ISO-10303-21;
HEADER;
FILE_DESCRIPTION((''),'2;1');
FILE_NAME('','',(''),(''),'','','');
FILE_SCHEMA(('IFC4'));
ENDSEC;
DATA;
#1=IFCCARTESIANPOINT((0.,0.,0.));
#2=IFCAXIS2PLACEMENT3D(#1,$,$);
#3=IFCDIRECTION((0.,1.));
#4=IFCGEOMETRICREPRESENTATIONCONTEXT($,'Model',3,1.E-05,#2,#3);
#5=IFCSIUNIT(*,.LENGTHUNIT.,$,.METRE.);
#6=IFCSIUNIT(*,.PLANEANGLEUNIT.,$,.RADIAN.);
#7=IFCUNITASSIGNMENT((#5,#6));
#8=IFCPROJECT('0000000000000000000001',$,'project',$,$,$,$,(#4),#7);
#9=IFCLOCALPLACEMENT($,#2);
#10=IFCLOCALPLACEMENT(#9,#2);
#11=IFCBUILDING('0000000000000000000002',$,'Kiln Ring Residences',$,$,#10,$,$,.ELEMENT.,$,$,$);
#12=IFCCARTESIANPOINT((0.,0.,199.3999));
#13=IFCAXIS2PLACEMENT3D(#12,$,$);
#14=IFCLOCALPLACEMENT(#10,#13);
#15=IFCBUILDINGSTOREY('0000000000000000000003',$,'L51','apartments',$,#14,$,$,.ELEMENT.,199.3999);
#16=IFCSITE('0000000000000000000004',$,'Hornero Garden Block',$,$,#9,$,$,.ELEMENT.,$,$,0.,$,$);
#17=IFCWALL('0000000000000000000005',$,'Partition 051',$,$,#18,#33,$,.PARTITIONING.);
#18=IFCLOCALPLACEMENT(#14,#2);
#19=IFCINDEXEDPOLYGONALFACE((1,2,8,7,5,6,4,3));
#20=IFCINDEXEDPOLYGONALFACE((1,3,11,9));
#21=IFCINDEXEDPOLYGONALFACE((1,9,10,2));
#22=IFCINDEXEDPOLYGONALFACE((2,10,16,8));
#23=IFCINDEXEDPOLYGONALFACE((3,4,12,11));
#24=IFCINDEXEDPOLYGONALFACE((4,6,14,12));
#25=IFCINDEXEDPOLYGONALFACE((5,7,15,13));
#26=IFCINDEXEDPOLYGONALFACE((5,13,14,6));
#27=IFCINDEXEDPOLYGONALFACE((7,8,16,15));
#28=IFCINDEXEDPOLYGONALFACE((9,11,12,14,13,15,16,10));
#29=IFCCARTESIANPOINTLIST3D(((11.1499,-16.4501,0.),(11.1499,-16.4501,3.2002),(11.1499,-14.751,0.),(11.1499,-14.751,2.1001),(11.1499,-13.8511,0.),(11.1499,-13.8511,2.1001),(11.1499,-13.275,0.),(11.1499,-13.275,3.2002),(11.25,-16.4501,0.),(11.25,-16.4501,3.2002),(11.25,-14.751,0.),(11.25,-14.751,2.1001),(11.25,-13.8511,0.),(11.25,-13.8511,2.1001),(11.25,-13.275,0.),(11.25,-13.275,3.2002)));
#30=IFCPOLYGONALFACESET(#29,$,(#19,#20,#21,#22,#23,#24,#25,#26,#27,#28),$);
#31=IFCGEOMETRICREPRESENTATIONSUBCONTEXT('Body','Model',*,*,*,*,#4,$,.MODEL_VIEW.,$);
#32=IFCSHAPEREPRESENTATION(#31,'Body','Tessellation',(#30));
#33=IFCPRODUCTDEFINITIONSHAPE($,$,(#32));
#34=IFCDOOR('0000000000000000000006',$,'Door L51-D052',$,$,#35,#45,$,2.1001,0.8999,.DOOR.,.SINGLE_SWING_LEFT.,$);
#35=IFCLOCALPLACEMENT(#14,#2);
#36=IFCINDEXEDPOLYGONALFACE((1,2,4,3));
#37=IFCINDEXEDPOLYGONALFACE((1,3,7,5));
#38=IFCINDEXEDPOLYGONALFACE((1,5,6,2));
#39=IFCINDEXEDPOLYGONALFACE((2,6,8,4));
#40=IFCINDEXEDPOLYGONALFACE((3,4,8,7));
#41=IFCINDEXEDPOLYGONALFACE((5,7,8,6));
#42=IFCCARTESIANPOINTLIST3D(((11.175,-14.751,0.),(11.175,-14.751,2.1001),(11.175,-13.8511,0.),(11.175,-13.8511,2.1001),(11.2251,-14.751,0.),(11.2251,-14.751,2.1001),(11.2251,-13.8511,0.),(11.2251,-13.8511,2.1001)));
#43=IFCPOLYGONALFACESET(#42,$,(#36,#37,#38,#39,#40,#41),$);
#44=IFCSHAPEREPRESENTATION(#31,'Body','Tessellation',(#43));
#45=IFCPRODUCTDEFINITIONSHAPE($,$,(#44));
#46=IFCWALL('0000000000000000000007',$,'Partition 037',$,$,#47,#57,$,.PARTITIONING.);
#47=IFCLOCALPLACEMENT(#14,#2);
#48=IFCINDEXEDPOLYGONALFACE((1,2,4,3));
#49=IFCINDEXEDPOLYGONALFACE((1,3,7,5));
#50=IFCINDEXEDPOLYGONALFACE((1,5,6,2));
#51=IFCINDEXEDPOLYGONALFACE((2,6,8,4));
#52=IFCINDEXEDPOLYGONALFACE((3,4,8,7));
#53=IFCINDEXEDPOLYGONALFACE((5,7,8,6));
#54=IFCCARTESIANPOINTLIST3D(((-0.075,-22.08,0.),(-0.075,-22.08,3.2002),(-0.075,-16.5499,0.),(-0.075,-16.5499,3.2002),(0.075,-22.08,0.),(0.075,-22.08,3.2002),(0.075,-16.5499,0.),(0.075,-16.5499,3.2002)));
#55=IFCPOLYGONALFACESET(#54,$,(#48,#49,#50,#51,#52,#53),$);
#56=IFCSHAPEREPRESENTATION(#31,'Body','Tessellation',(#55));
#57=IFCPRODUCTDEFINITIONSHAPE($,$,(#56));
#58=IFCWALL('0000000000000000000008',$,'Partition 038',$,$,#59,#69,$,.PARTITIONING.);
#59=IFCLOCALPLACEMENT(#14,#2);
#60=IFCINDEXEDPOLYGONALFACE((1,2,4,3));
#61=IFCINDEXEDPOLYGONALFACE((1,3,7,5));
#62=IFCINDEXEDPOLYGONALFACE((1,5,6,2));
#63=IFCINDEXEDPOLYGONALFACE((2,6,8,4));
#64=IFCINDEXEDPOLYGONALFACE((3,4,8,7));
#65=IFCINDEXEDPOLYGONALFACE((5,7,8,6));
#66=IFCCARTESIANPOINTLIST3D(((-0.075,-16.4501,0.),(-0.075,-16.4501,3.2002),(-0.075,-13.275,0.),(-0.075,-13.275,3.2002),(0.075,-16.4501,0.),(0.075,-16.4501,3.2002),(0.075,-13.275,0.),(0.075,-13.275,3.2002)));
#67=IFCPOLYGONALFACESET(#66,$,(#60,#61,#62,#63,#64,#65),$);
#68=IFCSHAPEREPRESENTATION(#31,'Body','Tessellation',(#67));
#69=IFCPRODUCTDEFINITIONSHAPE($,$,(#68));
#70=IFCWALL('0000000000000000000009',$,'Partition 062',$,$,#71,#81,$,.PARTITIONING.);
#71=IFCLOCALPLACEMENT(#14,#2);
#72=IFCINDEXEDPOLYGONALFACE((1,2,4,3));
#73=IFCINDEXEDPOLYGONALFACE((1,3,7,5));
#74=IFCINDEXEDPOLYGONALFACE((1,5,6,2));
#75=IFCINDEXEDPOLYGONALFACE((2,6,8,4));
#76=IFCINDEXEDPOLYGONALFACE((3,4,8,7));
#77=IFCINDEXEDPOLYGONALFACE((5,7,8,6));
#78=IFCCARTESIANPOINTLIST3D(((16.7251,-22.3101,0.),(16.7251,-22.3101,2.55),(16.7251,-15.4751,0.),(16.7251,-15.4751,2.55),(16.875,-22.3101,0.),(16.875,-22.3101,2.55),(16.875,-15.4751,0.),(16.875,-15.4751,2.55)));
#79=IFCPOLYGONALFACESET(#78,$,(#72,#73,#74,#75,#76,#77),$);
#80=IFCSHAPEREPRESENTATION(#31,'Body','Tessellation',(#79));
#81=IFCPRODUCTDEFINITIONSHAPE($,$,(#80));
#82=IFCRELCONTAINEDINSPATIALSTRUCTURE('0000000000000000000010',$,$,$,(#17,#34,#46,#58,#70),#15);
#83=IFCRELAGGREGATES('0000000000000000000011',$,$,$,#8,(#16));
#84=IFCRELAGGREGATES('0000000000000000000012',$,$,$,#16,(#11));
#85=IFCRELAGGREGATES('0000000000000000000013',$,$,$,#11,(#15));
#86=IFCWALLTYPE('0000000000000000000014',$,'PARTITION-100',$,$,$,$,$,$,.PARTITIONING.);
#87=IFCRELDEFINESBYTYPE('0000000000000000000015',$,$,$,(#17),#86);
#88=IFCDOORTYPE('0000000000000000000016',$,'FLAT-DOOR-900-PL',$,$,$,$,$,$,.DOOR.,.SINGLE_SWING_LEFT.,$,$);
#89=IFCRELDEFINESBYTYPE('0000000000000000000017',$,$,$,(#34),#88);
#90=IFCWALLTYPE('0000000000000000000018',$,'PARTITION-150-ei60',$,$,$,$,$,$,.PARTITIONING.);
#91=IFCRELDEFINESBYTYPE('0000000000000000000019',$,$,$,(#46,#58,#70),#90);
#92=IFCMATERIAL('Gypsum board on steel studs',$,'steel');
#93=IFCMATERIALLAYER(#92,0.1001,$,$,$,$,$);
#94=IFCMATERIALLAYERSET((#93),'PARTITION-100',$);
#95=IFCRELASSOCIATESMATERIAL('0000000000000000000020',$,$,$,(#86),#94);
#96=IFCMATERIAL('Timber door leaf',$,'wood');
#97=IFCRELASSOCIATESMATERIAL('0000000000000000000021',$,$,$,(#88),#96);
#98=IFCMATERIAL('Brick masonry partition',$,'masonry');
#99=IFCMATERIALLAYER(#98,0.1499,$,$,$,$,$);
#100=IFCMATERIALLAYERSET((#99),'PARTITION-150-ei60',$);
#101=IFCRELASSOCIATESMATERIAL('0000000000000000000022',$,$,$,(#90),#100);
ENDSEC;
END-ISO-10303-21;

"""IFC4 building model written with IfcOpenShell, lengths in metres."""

from ifc_helpers import new_model, si_unit, direction, frame, frame_2d, origin, place, context, subcontext, project, spatial, rectangle, extrude, material, layer, layer_set, type_object, element, fill, save


model = new_model("IFC4")

# Units and contexts
model_context = context("Model", 3, precision=1e-05, world=origin(), true_north=direction((0.0, 1.0)))
body_context = subcontext(model_context, "Body", "Model", "MODEL_VIEW")
ifc_project = project(units=[si_unit("LENGTHUNIT", "METRE"), si_unit("PLANEANGLEUNIT", "RADIAN")], contexts=[model_context])

# Site, building, storey
site_placement = place(None, origin())
site = spatial("IfcSite", under=ifc_project, at=site_placement, Name="Hornero Garden Block", CompositionType="ELEMENT", RefElevation=0.0)
building_placement = place(site_placement, origin())
building = spatial("IfcBuilding", under=site, at=building_placement, Name="Kiln Ring Residences", CompositionType="ELEMENT")
storey_placement = place(building_placement, frame((0.0, 0.0, 199.3999)))
storey = spatial("IfcBuildingStorey", under=building, at=storey_placement, Name="L51", Description="apartments", CompositionType="ELEMENT", Elevation=199.3999)

# Shared definitions
ifc_material_1 = material(Name="Gypsum board on steel studs", Category="steel")
ifc_layer_1 = layer(ifc_material_1, 0.1001)
ifc_layer_set_1 = layer_set([ifc_layer_1], Name="PARTITION-100")
wall_type_1 = type_object("IfcWallType", Name="PARTITION-100", PredefinedType="PARTITIONING", material=ifc_layer_set_1)
ifc_material_2 = material(Name="Timber door leaf", Category="wood")
door_type_1 = type_object("IfcDoorType", Name="FLAT-DOOR-900-PL", OperationType="SINGLE_SWING_LEFT", PredefinedType="DOOR", material=ifc_material_2)

# Wall, opening, door
wall_1_placement = place(storey_placement, frame((11.2, -16.45, 0.0), z_axis=(0.0, 0.0, 1.0), x_axis=(0.0, 1.0, 0.0)))
wall_1 = element("IfcWall", 1, at=wall_1_placement, inside=storey, type_object=wall_type_1, Name="Partition 051", PredefinedType="PARTITIONING", context=body_context, shape_type="SweptSolid", body=[
    extrude(rectangle(XDim=3.175, YDim=0.1001, at=frame_2d((1.5874, 0.0))), origin(), (0.0, 0.0, 1.0), 3.2002),
])
opening_1_placement = place(wall_1_placement, frame((1.699, 0.0, 0.0)))
opening_1 = element("IfcOpeningElement", 2, at=opening_1_placement, cuts=wall_1, PredefinedType="OPENING", context=body_context, shape_type="SweptSolid", body=[
    extrude(rectangle(XDim=0.8999, YDim=2.1001, at=frame_2d((0.45, 1.05))), frame((0.0, 0.0601, 0.0), z_axis=(0.0, -1.0, 0.0), x_axis=(1.0, 0.0, 0.0)), (0.0, 0.0, 1.0), 0.1201),
])
door_1_placement = place(opening_1_placement, origin())
door_1 = element("IfcDoor", 3, at=door_1_placement, inside=storey, type_object=door_type_1, Name="Door L51-D052", OperationType="SINGLE_SWING_LEFT", OverallHeight=2.1001, OverallWidth=0.8999, PredefinedType="DOOR", context=body_context, shape_type="SweptSolid", body=[
    extrude(rectangle(XDim=0.8999, YDim=2.1001, at=frame_2d((0.45, 1.05))), frame((0.0, 0.0249, 0.0), z_axis=(0.0, -1.0, 0.0), x_axis=(1.0, 0.0, 0.0)), (0.0, 0.0, 1.0), 0.05),
])
fill(opening_1, door_1)

# Walls
ifc_material_3 = material(Name="Brick masonry partition", Category="masonry")
ifc_layer_2 = layer(ifc_material_3, 0.1499)
ifc_layer_set_2 = layer_set([ifc_layer_2], Name="PARTITION-150-ei60")
wall_type_2 = type_object("IfcWallType", Name="PARTITION-150-ei60", PredefinedType="PARTITIONING", material=ifc_layer_set_2)
wall_2_placement = place(storey_placement, frame((0.0, -22.0801, 0.0), z_axis=(0.0, 0.0, 1.0), x_axis=(0.0, 1.0, 0.0)))
element("IfcWall", 4, at=wall_2_placement, inside=storey, type_object=wall_type_2, Name="Partition 037", PredefinedType="PARTITIONING", context=body_context, shape_type="SweptSolid", body=[
    extrude(rectangle(XDim=5.53, YDim=0.1499, at=frame_2d((2.7651, 0.0))), origin(), (0.0, 0.0, 1.0), 3.2002),
])
wall_3_placement = place(storey_placement, frame((0.0, -16.45, 0.0), z_axis=(0.0, 0.0, 1.0), x_axis=(0.0, 1.0, 0.0)))
element("IfcWall", 5, at=wall_3_placement, inside=storey, type_object=wall_type_2, Name="Partition 038", PredefinedType="PARTITIONING", context=body_context, shape_type="SweptSolid", body=[
    extrude(rectangle(XDim=3.175, YDim=0.1499, at=frame_2d((1.5874, 0.0))), origin(), (0.0, 0.0, 1.0), 3.2002),
])
wall_4_placement = place(storey_placement, frame((16.8, -22.3101, 0.0), z_axis=(0.0, 0.0, 1.0), x_axis=(0.0, 1.0, 0.0)))
element("IfcWall", 6, at=wall_4_placement, inside=storey, type_object=wall_type_2, Name="Partition 062", PredefinedType="PARTITIONING", context=body_context, shape_type="SweptSolid", body=[
    extrude(rectangle(XDim=6.835, YDim=0.1499, at=frame_2d((3.4175, 0.0))), origin(), (0.0, 0.0, 1.0), 2.55),
])

save(model, "model.ifc")
